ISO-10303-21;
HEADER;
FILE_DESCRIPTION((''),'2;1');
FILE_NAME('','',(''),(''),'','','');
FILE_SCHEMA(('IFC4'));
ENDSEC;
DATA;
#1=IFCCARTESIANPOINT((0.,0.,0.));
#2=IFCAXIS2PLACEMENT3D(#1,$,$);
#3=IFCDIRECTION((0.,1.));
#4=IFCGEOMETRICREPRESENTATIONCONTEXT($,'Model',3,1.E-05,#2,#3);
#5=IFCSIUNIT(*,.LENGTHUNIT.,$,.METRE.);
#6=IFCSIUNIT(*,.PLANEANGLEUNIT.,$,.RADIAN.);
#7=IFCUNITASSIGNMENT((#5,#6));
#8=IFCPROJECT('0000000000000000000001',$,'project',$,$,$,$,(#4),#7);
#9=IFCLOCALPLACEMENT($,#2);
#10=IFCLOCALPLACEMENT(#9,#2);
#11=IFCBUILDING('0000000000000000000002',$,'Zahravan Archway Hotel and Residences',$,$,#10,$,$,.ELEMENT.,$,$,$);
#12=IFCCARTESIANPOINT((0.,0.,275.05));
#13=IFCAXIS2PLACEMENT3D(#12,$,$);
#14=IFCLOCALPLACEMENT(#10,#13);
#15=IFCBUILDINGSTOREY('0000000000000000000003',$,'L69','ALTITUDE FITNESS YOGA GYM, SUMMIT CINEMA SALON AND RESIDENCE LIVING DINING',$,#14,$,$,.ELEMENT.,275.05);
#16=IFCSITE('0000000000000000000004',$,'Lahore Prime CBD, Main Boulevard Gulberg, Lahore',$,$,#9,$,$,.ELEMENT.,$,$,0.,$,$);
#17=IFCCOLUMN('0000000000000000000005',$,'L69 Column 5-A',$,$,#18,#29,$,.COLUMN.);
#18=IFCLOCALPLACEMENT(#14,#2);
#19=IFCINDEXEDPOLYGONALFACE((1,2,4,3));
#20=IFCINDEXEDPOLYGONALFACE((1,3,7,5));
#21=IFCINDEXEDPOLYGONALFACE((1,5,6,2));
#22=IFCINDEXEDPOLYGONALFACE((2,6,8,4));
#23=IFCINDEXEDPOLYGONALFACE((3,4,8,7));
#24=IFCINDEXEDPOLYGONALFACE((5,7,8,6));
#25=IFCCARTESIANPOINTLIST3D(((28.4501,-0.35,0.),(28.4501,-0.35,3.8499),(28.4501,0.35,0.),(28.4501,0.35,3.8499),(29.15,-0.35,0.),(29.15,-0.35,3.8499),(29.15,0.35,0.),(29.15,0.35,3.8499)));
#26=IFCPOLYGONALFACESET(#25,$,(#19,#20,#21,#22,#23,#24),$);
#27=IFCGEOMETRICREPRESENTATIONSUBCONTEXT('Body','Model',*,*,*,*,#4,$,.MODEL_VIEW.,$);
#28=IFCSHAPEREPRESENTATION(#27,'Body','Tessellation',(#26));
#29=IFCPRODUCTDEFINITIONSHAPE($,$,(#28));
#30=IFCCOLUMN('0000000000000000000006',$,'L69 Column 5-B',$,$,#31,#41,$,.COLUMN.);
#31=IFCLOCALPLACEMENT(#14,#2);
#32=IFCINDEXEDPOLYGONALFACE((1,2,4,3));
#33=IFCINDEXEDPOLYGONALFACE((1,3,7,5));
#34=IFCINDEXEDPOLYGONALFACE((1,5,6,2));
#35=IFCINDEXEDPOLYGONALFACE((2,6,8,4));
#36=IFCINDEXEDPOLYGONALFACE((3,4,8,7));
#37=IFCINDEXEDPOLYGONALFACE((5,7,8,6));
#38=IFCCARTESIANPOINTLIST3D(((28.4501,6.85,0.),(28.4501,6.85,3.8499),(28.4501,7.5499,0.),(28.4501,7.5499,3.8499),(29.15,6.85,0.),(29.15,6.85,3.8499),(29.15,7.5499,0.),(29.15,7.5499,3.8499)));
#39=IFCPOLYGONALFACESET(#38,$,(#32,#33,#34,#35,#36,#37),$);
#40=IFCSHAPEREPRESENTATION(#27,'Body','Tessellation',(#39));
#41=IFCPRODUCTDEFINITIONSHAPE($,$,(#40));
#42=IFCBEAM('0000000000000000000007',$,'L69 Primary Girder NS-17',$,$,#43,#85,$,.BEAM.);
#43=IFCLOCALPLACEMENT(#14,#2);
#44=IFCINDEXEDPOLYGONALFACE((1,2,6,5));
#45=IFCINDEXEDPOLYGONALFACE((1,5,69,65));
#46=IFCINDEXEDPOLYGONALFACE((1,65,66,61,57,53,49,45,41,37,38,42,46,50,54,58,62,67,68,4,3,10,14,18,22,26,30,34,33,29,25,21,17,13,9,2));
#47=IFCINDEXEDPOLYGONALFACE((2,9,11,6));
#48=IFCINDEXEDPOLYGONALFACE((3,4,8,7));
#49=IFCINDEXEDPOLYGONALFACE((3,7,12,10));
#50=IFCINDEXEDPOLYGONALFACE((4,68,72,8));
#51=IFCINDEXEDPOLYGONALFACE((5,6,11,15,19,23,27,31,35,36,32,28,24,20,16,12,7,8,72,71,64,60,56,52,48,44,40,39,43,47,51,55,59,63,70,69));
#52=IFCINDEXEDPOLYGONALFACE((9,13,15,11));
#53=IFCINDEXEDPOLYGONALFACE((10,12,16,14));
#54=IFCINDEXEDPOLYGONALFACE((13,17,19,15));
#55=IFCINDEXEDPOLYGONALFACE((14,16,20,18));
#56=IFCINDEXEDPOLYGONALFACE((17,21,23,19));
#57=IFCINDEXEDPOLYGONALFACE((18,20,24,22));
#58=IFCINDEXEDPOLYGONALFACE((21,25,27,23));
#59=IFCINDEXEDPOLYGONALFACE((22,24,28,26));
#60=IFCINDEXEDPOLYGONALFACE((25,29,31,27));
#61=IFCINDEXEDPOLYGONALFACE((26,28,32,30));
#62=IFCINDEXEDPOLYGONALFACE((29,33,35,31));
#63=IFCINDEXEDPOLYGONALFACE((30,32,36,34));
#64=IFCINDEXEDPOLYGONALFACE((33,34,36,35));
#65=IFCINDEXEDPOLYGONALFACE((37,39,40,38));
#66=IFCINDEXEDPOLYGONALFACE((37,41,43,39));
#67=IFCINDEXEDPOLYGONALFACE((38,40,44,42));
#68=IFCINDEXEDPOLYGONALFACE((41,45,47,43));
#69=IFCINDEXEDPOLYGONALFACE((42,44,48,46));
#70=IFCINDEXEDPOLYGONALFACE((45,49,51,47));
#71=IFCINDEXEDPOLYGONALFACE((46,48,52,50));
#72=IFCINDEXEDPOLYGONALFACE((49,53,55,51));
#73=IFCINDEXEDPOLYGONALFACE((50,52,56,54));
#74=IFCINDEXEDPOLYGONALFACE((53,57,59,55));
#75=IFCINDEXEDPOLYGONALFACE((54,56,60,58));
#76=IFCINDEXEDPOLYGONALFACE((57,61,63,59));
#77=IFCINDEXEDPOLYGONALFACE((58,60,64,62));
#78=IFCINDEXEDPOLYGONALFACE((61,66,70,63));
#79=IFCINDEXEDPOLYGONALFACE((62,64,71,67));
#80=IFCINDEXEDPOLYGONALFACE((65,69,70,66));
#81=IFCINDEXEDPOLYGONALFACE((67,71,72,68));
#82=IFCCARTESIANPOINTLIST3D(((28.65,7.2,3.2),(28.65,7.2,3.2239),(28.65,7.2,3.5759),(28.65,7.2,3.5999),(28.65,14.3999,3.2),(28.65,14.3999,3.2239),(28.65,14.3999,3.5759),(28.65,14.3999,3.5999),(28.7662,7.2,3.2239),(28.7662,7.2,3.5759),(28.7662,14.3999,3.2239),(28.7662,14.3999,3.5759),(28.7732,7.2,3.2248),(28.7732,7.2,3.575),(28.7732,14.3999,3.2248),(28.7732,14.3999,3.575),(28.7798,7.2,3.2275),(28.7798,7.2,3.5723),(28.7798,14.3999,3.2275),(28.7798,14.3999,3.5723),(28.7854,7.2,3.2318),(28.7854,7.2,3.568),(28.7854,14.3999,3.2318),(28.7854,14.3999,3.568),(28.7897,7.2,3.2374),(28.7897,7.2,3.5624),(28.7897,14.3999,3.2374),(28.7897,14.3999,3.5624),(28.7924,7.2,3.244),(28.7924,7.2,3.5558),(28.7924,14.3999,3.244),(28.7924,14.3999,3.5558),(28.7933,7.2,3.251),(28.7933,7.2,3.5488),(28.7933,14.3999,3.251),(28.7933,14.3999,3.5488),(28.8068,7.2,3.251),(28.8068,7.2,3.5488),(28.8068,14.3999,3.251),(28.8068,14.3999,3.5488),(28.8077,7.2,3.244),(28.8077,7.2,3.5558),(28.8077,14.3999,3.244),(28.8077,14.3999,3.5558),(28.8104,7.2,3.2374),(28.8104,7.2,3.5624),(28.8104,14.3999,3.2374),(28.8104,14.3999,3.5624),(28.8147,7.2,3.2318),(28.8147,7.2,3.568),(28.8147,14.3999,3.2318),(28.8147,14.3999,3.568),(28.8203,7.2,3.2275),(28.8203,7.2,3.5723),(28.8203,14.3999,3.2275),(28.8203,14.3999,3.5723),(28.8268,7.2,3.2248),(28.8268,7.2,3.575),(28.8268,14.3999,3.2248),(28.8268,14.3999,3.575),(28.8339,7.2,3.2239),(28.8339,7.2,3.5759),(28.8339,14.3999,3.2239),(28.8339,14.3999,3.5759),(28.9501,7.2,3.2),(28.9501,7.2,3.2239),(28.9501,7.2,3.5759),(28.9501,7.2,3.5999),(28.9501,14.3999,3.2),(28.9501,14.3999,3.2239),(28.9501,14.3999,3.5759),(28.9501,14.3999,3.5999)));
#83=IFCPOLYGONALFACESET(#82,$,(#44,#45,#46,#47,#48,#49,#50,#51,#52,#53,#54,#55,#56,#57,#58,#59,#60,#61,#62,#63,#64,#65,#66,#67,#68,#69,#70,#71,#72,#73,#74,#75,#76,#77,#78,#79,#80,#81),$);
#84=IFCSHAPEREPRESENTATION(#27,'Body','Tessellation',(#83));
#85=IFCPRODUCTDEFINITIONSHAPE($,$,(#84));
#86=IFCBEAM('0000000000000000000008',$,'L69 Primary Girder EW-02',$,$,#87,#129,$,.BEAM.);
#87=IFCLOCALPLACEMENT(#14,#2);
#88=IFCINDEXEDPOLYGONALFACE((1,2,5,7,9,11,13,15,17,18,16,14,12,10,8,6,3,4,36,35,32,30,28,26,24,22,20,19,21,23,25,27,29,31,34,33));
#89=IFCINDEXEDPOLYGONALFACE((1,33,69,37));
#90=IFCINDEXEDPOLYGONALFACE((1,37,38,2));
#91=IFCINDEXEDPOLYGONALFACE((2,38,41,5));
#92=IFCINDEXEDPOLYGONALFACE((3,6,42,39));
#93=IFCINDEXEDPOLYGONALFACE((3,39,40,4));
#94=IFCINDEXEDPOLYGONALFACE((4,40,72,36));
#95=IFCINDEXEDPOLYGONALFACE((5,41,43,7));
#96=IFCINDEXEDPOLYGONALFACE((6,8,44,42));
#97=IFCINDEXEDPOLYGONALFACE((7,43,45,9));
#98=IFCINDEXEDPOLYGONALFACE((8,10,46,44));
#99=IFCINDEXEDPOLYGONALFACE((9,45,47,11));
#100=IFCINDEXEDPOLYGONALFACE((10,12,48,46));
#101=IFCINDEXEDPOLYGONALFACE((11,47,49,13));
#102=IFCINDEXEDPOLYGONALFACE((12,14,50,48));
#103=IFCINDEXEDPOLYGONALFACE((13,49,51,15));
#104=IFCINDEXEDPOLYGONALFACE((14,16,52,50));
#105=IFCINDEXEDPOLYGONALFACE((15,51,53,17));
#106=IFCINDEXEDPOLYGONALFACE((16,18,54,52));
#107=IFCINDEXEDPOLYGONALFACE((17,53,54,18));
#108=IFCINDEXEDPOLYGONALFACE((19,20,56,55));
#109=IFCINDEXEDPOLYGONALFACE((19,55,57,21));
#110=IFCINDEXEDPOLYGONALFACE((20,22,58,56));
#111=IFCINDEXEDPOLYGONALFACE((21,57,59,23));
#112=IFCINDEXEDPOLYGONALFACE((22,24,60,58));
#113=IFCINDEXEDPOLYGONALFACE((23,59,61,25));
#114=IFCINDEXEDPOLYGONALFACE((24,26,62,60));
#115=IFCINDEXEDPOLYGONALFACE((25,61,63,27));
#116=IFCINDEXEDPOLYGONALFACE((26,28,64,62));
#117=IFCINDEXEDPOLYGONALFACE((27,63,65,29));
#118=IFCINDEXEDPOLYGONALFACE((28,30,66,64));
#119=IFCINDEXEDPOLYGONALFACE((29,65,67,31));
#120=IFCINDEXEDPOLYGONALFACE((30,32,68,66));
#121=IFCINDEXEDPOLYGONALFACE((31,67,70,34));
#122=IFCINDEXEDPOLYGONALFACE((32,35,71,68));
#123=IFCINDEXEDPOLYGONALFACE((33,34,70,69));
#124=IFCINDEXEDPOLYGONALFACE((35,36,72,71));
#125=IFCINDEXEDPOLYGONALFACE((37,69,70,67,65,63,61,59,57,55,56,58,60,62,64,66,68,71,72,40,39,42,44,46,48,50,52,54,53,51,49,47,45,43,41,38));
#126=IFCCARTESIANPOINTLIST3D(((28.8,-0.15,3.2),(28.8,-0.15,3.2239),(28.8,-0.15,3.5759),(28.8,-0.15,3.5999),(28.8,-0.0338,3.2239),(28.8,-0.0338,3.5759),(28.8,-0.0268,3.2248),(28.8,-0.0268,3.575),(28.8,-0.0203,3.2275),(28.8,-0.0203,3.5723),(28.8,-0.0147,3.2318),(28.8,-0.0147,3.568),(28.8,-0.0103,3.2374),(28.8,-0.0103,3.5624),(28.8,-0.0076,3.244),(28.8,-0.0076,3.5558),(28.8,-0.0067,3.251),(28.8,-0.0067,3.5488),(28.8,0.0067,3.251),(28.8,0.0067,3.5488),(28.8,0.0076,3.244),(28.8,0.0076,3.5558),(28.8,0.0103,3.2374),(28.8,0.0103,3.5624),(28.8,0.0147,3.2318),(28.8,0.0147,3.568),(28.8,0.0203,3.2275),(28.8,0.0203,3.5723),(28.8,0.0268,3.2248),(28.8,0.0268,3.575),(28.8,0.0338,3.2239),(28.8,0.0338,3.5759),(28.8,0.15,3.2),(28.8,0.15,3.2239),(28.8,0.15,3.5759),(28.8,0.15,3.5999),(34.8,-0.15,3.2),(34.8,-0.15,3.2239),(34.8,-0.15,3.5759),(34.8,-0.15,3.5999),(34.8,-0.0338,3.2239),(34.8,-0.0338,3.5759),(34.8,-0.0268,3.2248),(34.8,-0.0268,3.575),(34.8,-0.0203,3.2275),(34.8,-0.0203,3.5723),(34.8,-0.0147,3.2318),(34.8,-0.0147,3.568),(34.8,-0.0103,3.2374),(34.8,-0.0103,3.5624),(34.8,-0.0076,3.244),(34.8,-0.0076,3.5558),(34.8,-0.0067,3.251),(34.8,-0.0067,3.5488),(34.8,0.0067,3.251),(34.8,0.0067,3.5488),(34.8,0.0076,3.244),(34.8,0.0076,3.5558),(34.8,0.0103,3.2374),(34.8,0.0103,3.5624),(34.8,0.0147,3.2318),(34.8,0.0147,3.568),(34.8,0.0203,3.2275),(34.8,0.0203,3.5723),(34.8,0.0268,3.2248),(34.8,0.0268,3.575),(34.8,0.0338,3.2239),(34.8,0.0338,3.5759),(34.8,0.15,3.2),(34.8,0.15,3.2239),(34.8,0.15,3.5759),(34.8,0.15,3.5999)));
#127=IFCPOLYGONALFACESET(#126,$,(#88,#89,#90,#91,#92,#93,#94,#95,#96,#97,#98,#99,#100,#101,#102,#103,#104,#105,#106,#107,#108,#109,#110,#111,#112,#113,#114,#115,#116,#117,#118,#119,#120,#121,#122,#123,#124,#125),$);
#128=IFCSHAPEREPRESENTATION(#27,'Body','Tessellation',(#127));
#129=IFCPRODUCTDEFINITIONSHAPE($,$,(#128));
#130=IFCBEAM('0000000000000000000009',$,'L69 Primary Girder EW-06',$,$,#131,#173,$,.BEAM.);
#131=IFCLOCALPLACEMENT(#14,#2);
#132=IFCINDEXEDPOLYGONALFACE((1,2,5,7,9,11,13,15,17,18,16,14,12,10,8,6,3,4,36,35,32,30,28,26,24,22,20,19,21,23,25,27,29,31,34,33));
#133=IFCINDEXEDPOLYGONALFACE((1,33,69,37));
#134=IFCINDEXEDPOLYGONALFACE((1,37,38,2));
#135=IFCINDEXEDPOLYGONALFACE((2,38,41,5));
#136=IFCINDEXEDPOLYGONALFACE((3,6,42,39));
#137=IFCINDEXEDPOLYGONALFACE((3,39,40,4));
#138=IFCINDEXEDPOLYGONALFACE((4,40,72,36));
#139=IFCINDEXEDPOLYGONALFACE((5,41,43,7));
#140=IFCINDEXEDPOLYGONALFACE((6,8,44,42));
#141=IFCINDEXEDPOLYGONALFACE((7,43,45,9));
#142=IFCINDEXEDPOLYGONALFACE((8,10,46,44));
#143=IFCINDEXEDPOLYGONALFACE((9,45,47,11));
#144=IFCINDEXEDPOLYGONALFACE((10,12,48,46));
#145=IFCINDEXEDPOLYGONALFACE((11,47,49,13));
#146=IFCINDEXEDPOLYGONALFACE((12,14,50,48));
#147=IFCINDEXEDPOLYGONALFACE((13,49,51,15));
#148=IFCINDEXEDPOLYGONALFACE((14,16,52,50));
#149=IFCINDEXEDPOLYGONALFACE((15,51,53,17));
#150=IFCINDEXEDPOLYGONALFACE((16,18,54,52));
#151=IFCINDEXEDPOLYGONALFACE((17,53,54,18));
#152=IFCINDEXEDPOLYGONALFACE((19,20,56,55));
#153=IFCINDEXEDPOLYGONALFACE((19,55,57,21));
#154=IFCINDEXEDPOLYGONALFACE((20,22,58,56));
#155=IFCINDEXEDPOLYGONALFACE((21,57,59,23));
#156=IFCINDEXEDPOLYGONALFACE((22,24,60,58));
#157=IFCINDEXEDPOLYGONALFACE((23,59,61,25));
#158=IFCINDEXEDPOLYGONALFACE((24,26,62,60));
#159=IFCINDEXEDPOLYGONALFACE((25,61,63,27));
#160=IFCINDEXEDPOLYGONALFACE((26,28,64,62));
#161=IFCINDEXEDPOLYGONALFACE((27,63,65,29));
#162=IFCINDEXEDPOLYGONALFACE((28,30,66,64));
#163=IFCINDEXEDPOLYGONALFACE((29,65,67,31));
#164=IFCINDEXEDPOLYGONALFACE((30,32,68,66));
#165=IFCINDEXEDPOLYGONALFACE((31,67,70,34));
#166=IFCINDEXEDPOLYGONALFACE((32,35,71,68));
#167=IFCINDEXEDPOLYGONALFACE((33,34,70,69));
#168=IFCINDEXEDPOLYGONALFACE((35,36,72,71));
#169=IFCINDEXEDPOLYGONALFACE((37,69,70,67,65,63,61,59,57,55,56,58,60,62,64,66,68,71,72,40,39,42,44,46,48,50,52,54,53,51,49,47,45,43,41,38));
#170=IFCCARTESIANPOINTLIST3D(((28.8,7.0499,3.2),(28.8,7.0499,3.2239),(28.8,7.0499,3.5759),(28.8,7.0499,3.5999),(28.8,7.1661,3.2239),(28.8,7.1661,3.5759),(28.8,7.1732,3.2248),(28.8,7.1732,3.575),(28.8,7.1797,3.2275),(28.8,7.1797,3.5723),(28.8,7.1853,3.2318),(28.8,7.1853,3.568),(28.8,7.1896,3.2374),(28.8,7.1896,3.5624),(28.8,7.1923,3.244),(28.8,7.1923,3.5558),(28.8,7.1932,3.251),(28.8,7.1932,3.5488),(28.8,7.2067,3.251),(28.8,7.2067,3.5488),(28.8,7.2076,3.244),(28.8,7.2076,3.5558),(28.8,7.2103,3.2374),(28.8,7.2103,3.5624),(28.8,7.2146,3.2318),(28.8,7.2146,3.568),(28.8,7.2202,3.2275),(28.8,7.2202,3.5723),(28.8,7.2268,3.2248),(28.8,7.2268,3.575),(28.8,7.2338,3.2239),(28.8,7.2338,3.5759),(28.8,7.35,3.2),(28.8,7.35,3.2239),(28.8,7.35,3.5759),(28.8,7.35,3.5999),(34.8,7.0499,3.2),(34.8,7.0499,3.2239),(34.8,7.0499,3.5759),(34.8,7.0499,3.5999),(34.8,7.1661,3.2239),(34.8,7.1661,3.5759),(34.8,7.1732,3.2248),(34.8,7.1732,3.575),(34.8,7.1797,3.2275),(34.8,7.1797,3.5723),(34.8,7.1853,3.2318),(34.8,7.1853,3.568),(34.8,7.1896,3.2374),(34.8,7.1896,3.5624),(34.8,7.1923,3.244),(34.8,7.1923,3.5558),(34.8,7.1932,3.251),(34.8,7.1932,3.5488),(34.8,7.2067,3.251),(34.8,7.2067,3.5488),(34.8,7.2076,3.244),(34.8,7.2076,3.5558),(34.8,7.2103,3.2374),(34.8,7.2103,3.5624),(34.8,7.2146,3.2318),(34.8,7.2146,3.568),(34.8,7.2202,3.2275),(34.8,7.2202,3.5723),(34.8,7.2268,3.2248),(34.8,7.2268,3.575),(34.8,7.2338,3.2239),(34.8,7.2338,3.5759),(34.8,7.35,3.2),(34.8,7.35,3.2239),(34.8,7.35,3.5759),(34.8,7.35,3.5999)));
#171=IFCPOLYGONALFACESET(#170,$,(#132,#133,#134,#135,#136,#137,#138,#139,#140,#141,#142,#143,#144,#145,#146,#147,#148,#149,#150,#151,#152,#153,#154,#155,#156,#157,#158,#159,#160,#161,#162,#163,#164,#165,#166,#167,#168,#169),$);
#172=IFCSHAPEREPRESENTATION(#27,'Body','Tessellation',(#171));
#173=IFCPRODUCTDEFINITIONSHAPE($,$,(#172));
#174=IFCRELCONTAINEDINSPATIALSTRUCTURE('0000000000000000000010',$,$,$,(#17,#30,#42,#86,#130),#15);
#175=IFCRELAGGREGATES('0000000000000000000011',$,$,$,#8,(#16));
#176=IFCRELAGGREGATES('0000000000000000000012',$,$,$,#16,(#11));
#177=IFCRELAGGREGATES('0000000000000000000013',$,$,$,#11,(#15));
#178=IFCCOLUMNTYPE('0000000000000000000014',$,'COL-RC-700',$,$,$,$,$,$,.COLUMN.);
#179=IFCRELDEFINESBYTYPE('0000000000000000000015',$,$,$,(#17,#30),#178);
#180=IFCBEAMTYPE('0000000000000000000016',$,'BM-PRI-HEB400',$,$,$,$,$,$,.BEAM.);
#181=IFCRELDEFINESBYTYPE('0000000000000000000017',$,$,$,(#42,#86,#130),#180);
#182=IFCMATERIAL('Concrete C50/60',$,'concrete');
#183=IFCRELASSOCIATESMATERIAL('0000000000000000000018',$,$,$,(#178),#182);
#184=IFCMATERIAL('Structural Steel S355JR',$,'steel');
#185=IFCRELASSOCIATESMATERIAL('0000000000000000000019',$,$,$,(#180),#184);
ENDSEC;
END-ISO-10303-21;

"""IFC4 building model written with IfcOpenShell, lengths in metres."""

from ifc_helpers import new_model, si_unit, direction, frame, origin, origin_2d, place, context, subcontext, project, spatial, rectangle, i_section, extrude, source, transform, mapped, material, material_profile, profile_set, type_object, type_shapes, element, save


model = new_model("IFC4")

# Units and contexts
model_context = context("Model", 3, precision=1e-05, world=origin(), true_north=direction((0.0, 1.0)))
body_context = subcontext(model_context, "Body", "Model", "MODEL_VIEW")
ifc_project = project(units=[si_unit("LENGTHUNIT", "METRE"), si_unit("PLANEANGLEUNIT", "RADIAN")], contexts=[model_context])

# Site, building, storey
site_placement = place(None, origin())
site = spatial("IfcSite", under=ifc_project, at=site_placement, Name="Lahore Prime CBD, Main Boulevard Gulberg, Lahore", CompositionType="ELEMENT", RefElevation=0.0)
building_placement = place(site_placement, origin())
building = spatial("IfcBuilding", under=site, at=building_placement, Name="Zahravan Archway Hotel and Residences", CompositionType="ELEMENT")
storey_placement = place(building_placement, frame((0.0, 0.0, 275.05)))
storey = spatial("IfcBuildingStorey", under=building, at=storey_placement, Name="L69", Description="ALTITUDE FITNESS YOGA GYM, SUMMIT CINEMA SALON AND RESIDENCE LIVING DINING", CompositionType="ELEMENT", Elevation=275.05)

# Columns
ifc_material_1 = material(Name="Concrete C50/60", Category="concrete")
ifc_material_profile_1 = material_profile(ifc_material_1, rectangle(XDim=0.7, YDim=0.7, at=origin_2d()), Name="RC-COL-700x700", Category="concrete")
ifc_profile_set_1 = profile_set([ifc_material_profile_1], Name="Concrete C50/60")
column_type = type_object("IfcColumnType", Name="COL-RC-700", PredefinedType="COLUMN", material=ifc_profile_set_1)
shared_shape_1 = source(origin(), body_context, "Body", "SweptSolid", [
    extrude(rectangle(XDim=0.7, YDim=0.7, at=origin_2d()), origin(), (0.0, 0.0, 1.0), 3.8499),
])
type_shapes(column_type, [shared_shape_1])
for number, where, z_axis, x_axis, name in (
    (1, (28.8, 0.0, 0.0), (0.0, 0.0, 1.0), (1.0, 0.0, 0.0), "L69 Column 5-A"),
    (2, (28.8, 7.2, 0.0), (0.0, 0.0, 1.0), (1.0, 0.0, 0.0), "L69 Column 5-B"),
):
    element("IfcColumn", number, at=place(storey_placement, frame(where, z_axis=z_axis, x_axis=x_axis)), inside=storey, type_object=column_type, Name=name, PredefinedType="COLUMN", context=body_context, shape_type="MappedRepresentation", body=[
        mapped(shared_shape_1, transform((0.0, 0.0, 0.0), scale=1.0)),
    ])

# Beams
ifc_material_2 = material(Name="Structural Steel S355JR", Category="steel")
ifc_material_profile_2 = material_profile(ifc_material_2, i_section(OverallWidth=0.3, OverallDepth=0.3999, WebThickness=0.0134, FlangeThickness=0.0239, FilletRadius=0.0271, at=origin_2d()), Name="HEB 400", Category="steel")
ifc_profile_set_2 = profile_set([ifc_material_profile_2], Name="Structural Steel S355JR")
beam_type_1 = type_object("IfcBeamType", Name="BM-PRI-HEB400", PredefinedType="BEAM", material=ifc_profile_set_2)
shared_shape_2 = source(origin(), body_context, "Body", "SweptSolid", [
    extrude(i_section(OverallWidth=0.3, OverallDepth=0.3999, WebThickness=0.0134, FlangeThickness=0.0239, FilletRadius=0.0271, at=origin_2d()), origin(), (0.0, 0.0, 1.0), 7.2),
])
type_shapes(beam_type_1, [shared_shape_2])
beam_1_placement = place(storey_placement, frame((28.8, 7.2, 3.3999), z_axis=(0.0, 1.0, 0.0), x_axis=(-1.0, 0.0, 0.0)))
element("IfcBeam", 3, at=beam_1_placement, inside=storey, type_object=beam_type_1, Name="L69 Primary Girder NS-17", PredefinedType="BEAM", context=body_context, shape_type="MappedRepresentation", body=[
    mapped(shared_shape_2, transform((0.0, 0.0, 0.0), scale=1.0)),
])
shared_shape_3 = source(origin(), body_context, "Body", "SweptSolid", [
    extrude(i_section(OverallWidth=0.3, OverallDepth=0.3999, WebThickness=0.0134, FlangeThickness=0.0239, FilletRadius=0.0271, at=origin_2d()), origin(), (0.0, 0.0, 1.0), 6.0),
])
for number, where, z_axis, x_axis, name in (
    (4, (28.8, 0.0, 3.3999), (1.0, 0.0, 0.0), (0.0, 1.0, 0.0), "L69 Primary Girder EW-02"),
    (5, (28.8, 7.2, 3.3999), (1.0, 0.0, 0.0), (0.0, 1.0, 0.0), "L69 Primary Girder EW-06"),
):
    element("IfcBeam", number, at=place(storey_placement, frame(where, z_axis=z_axis, x_axis=x_axis)), inside=storey, type_object=beam_type_1, Name=name, PredefinedType="BEAM", context=body_context, shape_type="MappedRepresentation", body=[
        mapped(shared_shape_3, transform((0.0, 0.0, 0.0), scale=1.0)),
    ])

save(model, "model.ifc")
